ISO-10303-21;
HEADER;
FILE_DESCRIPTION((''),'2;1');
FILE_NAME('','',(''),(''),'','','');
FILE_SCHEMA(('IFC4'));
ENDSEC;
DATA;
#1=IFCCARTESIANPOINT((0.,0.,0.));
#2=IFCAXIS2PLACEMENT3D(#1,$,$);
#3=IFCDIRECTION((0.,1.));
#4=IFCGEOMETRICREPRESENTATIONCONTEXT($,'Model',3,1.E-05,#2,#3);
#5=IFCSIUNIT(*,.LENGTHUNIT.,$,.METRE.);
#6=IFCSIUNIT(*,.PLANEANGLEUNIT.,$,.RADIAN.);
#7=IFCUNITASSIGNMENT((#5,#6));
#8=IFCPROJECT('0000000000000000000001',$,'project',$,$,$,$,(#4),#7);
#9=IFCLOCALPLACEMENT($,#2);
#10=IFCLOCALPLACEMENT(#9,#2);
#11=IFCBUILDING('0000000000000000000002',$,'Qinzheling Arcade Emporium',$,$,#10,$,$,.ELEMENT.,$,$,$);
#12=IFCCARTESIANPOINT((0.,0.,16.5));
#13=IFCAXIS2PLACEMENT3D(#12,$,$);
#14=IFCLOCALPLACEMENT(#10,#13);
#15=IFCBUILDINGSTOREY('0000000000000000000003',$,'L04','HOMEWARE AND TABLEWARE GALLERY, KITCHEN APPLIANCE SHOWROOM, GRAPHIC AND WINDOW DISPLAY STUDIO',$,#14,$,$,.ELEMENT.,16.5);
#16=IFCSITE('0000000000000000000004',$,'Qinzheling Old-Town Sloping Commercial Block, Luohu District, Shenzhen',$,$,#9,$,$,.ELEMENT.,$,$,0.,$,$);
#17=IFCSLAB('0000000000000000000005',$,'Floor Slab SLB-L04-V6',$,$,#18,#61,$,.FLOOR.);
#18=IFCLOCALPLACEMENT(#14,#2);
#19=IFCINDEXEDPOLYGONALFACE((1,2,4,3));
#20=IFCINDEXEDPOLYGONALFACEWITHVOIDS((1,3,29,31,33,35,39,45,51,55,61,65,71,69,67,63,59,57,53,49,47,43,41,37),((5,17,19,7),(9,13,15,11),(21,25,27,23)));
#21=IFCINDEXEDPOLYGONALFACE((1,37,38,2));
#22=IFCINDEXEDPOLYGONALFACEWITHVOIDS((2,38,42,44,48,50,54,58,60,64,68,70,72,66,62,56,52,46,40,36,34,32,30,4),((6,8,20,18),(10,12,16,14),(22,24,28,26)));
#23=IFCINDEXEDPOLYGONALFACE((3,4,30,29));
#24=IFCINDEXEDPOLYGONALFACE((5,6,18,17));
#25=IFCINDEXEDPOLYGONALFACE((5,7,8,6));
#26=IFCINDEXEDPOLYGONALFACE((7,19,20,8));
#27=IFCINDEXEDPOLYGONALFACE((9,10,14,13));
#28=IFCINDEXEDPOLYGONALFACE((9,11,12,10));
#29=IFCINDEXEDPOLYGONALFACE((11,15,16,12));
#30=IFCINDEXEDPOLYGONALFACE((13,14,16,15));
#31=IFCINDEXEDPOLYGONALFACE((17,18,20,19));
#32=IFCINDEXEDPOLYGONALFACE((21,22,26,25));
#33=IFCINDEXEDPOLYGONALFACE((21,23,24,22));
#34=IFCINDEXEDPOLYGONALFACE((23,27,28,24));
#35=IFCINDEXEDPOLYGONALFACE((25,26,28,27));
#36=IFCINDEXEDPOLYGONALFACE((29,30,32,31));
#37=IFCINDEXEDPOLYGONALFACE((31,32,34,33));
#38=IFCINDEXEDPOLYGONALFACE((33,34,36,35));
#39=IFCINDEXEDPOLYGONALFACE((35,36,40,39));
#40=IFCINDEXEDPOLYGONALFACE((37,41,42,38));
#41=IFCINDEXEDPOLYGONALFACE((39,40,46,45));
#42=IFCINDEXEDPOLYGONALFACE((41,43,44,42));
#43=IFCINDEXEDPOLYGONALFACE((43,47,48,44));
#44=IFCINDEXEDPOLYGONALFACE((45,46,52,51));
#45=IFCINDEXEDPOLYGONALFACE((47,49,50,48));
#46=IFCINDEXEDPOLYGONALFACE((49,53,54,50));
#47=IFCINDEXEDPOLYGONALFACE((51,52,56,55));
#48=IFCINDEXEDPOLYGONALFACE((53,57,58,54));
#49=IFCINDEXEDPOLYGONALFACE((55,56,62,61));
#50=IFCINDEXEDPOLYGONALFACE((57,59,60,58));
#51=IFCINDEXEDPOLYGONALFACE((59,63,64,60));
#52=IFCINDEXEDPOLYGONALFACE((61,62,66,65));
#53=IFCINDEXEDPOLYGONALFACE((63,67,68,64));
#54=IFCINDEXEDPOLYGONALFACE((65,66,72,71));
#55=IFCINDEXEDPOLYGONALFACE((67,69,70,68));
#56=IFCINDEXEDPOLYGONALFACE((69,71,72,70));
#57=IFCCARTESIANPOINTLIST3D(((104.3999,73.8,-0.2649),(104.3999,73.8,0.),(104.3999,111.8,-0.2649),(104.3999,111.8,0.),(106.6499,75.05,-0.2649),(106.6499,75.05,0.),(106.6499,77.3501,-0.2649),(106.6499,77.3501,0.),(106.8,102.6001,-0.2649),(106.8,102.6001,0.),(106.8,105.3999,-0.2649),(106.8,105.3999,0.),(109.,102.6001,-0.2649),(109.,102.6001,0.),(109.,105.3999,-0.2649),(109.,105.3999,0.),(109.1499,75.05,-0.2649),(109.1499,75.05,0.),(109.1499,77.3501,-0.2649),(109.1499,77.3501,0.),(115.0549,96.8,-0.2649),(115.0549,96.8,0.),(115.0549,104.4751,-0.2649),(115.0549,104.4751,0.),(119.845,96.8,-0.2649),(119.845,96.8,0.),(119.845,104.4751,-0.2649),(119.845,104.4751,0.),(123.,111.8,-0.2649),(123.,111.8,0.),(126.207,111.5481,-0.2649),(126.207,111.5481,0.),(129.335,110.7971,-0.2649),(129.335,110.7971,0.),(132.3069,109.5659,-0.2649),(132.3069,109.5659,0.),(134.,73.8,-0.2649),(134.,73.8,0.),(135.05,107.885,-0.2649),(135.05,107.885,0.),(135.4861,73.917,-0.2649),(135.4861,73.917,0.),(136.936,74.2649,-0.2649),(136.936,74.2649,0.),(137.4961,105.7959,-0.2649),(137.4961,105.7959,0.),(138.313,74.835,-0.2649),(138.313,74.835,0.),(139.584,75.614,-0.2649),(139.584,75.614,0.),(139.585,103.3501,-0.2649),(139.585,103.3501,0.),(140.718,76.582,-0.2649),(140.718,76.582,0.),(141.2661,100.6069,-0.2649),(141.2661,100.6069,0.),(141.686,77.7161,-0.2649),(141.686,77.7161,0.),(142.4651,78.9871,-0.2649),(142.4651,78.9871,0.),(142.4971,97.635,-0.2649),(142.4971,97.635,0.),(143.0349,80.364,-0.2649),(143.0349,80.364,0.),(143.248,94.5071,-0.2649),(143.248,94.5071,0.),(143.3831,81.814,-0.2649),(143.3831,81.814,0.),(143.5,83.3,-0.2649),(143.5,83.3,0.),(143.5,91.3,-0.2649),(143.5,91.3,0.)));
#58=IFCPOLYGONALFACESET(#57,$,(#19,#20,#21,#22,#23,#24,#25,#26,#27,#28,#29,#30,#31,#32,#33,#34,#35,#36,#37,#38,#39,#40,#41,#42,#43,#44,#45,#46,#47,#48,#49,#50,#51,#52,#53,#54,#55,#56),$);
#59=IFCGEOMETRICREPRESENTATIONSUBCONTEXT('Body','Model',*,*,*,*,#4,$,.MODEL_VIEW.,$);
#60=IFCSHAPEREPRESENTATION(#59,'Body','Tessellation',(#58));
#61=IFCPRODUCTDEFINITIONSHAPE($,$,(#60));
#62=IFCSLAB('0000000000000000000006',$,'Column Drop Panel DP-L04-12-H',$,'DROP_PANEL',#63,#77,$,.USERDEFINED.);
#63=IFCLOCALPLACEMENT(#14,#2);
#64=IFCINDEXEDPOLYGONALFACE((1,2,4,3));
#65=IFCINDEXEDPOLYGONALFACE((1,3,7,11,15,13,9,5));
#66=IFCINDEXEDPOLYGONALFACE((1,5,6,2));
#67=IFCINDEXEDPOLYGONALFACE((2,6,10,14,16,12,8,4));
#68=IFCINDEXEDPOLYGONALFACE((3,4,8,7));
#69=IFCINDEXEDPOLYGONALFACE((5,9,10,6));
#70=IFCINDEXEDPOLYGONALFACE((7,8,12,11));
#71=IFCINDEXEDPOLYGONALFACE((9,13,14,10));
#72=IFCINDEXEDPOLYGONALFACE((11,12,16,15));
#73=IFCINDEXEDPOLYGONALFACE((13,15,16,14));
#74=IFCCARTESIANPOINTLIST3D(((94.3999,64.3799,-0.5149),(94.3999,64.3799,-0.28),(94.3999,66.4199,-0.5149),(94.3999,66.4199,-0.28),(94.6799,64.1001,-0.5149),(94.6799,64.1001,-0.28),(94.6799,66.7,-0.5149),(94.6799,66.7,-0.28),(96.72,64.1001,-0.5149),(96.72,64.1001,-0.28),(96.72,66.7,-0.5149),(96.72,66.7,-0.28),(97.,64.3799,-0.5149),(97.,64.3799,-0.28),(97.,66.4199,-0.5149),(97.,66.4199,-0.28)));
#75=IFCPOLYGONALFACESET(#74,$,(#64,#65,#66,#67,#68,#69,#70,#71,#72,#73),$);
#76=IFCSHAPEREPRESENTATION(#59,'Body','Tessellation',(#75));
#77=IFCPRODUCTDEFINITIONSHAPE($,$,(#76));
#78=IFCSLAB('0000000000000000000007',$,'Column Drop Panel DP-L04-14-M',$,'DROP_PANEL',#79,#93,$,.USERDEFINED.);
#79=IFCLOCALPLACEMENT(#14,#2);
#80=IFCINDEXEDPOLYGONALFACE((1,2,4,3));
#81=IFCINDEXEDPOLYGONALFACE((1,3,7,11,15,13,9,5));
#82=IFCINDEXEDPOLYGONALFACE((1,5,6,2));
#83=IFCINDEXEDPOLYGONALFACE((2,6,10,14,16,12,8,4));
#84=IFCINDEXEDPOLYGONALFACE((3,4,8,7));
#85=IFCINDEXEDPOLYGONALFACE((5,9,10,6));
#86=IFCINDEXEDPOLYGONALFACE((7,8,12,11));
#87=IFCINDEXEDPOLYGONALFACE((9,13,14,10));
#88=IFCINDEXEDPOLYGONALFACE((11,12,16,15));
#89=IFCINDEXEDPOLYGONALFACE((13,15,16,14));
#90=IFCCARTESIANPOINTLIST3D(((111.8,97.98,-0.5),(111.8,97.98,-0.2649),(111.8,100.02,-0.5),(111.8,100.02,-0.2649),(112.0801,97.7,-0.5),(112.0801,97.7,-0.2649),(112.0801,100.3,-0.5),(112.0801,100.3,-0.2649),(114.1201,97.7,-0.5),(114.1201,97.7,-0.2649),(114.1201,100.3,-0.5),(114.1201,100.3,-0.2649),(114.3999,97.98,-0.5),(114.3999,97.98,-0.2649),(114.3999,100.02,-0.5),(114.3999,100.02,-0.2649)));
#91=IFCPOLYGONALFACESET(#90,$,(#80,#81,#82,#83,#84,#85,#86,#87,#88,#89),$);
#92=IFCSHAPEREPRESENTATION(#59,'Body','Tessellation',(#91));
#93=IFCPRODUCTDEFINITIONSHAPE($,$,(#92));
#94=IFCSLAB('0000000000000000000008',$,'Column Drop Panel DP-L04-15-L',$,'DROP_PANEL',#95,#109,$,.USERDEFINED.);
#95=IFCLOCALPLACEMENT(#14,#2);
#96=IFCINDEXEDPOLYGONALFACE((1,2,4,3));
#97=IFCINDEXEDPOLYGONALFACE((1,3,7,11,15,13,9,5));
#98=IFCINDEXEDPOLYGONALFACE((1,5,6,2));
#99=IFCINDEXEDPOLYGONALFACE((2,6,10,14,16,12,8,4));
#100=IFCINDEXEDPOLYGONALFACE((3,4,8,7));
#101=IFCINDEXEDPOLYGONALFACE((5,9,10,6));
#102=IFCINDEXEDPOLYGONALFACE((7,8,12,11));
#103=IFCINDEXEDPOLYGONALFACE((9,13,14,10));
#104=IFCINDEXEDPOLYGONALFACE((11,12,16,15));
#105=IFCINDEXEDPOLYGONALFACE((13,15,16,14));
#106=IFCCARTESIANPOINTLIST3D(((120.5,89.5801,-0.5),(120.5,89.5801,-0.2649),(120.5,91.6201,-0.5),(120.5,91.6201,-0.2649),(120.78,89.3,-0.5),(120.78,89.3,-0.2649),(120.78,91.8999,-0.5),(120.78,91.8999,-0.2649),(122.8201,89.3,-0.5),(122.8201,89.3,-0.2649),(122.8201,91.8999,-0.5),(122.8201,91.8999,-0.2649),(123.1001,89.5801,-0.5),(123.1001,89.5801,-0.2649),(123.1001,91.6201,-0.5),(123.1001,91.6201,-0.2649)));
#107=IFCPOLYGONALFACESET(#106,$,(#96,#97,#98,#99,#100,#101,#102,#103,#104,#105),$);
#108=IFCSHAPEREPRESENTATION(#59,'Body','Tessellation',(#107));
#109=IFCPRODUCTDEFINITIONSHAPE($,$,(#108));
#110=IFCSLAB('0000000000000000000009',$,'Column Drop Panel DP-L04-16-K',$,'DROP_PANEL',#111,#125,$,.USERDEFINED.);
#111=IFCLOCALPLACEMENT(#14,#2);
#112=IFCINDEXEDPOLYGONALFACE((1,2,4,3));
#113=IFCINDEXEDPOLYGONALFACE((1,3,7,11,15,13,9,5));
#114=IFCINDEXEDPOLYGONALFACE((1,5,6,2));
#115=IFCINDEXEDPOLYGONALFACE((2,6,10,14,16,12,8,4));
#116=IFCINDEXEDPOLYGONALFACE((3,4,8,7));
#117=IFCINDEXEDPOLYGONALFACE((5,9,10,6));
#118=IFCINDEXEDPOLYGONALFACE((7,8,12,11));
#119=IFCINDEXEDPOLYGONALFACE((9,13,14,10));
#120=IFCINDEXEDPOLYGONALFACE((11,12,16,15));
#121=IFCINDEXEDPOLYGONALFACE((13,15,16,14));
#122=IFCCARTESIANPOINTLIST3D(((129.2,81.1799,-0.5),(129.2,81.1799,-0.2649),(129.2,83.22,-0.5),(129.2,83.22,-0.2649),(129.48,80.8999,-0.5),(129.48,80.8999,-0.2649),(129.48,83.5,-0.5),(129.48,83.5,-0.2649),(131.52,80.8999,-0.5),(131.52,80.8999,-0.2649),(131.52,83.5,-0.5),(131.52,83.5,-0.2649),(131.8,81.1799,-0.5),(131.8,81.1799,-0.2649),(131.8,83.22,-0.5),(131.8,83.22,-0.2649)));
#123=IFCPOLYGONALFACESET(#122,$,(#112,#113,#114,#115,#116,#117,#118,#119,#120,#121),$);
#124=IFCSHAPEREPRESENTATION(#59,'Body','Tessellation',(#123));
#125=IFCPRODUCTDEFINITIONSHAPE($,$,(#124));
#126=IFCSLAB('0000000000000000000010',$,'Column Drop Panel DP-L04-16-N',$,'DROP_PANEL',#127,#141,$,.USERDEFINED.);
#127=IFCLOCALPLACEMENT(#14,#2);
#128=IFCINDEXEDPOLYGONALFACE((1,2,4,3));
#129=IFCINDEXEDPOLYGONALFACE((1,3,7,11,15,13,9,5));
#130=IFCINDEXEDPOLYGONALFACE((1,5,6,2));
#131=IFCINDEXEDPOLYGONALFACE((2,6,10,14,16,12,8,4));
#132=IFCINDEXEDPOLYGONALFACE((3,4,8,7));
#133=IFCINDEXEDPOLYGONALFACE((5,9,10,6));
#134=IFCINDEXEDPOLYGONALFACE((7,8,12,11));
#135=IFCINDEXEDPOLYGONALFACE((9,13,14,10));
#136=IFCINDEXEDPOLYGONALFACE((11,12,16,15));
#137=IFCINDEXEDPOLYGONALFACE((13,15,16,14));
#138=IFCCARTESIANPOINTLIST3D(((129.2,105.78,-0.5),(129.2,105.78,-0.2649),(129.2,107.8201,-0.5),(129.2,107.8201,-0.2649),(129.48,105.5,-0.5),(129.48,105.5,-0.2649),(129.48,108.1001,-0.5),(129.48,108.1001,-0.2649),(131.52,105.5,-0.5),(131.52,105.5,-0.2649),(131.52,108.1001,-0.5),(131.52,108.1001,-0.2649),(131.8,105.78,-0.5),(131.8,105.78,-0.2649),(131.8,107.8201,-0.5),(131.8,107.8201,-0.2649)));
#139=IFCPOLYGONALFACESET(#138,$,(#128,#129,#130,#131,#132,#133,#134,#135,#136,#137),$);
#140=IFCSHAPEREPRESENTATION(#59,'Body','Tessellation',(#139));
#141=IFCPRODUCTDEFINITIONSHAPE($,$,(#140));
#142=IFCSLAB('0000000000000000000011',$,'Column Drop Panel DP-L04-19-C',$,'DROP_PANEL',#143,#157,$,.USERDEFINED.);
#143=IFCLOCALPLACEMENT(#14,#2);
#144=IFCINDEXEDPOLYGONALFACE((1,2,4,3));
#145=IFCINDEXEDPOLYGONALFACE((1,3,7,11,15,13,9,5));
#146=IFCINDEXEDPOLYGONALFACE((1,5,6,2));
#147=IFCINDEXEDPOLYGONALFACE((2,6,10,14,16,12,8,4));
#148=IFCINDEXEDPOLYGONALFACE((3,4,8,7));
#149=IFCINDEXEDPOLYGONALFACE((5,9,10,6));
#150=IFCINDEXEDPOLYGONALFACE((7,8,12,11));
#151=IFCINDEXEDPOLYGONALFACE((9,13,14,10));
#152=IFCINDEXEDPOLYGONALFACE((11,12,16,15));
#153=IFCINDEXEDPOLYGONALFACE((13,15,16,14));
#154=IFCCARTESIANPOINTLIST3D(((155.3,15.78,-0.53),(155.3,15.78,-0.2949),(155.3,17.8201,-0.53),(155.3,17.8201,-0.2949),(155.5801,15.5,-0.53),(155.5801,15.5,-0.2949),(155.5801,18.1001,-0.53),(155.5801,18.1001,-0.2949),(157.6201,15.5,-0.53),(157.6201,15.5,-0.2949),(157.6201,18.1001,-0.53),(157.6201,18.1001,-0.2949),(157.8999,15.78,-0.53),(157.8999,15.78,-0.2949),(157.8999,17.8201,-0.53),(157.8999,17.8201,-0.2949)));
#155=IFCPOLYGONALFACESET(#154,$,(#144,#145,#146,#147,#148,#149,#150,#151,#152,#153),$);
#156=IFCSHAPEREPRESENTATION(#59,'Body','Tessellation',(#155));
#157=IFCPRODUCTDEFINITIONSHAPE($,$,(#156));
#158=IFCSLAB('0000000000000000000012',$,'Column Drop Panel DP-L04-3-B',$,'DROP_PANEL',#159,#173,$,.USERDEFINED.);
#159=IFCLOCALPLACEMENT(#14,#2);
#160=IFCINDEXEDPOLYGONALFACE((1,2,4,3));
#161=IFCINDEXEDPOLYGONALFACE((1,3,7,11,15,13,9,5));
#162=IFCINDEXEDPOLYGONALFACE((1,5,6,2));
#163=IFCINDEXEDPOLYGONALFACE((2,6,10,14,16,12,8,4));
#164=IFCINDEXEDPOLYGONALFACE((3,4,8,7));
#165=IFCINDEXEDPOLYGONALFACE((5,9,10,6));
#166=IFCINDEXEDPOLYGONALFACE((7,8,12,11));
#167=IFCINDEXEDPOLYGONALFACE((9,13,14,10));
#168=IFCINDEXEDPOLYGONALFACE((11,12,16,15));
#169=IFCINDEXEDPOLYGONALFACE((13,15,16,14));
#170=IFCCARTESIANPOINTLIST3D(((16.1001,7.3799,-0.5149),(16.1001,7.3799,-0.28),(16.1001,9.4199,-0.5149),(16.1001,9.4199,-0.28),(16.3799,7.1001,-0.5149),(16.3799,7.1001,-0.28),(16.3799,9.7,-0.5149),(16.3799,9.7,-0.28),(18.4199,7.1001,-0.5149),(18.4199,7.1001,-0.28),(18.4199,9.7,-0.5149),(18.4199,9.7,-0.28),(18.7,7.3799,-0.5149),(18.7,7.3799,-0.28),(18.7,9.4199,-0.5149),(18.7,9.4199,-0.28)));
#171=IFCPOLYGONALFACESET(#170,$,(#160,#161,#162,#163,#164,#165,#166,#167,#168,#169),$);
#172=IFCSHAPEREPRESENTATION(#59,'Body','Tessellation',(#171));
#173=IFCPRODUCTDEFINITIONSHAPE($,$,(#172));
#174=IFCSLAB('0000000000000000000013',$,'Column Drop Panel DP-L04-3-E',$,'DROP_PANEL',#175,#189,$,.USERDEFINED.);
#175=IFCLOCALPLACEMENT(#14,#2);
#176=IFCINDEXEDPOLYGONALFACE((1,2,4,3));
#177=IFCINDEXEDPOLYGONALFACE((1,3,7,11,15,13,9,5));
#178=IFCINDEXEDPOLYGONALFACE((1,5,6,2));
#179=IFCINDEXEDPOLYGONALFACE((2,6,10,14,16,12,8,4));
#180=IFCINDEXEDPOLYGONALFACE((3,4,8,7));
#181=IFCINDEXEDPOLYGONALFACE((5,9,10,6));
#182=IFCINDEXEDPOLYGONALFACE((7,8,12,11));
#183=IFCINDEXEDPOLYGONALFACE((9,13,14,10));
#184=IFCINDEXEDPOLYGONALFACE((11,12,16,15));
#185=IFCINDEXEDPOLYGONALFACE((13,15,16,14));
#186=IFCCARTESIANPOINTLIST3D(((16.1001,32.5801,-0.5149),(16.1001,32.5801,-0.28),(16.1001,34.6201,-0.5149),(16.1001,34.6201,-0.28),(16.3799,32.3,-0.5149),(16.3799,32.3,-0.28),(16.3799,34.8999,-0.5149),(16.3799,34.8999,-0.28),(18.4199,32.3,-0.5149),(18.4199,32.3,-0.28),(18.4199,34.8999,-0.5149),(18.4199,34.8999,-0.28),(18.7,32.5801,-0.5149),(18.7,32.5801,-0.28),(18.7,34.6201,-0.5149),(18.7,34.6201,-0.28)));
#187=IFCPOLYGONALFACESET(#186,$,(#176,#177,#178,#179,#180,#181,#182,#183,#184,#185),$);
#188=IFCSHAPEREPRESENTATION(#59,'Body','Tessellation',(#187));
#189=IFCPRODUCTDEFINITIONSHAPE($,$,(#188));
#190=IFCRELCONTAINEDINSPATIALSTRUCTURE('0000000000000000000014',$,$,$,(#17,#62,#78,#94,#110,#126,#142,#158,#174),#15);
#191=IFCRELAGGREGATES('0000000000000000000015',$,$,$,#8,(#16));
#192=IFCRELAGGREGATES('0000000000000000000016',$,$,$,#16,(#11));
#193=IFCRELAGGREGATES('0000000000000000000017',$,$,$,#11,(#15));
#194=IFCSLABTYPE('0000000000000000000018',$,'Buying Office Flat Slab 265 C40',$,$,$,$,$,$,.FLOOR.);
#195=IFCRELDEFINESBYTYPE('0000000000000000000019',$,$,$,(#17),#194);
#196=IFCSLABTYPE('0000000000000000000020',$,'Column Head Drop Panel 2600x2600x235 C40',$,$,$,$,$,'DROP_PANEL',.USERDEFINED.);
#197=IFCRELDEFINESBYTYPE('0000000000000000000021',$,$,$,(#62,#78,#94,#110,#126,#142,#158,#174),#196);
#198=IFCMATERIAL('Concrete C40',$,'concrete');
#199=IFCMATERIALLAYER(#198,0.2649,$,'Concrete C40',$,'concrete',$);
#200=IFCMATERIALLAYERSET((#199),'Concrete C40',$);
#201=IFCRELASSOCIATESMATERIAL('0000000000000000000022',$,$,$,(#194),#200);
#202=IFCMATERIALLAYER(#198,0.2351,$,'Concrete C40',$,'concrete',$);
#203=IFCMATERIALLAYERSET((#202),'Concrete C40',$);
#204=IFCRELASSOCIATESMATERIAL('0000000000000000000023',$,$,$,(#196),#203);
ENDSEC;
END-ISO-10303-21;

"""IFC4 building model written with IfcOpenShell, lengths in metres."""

from ifc_helpers import new_model, si_unit, direction, frame, origin, place, context, subcontext, project, spatial, polyline, outline, extrude, material, layer, layer_set, type_object, element, save


model = new_model("IFC4")

# Units and contexts
model_context = context("Model", 3, precision=1e-05, world=origin(), true_north=direction((0.0, 1.0)))
body_context = subcontext(model_context, "Body", "Model", "MODEL_VIEW")
ifc_project = project(units=[si_unit("LENGTHUNIT", "METRE"), si_unit("PLANEANGLEUNIT", "RADIAN")], contexts=[model_context])

# Site, building, storey
site_placement = place(None, origin())
site = spatial("IfcSite", under=ifc_project, at=site_placement, Name="Qinzheling Old-Town Sloping Commercial Block, Luohu District, Shenzhen", CompositionType="ELEMENT", RefElevation=0.0)
building_placement = place(site_placement, origin())
building = spatial("IfcBuilding", under=site, at=building_placement, Name="Qinzheling Arcade Emporium", CompositionType="ELEMENT")
storey_placement = place(building_placement, frame((0.0, 0.0, 16.5)))
storey = spatial("IfcBuildingStorey", under=building, at=storey_placement, Name="L04", Description="HOMEWARE AND TABLEWARE GALLERY, KITCHEN APPLIANCE SHOWROOM, GRAPHIC AND WINDOW DISPLAY STUDIO", CompositionType="ELEMENT", Elevation=16.5)

# Slabs
ifc_material = material(Name="Concrete C40", Category="concrete")
ifc_layer_1 = layer(ifc_material, 0.2649, Name="Concrete C40", Category="concrete")
ifc_layer_set_1 = layer_set([ifc_layer_1], Name="Concrete C40")
slab_type_1 = type_object("IfcSlabType", Name="Buying Office Flat Slab 265 C40", PredefinedType="FLOOR", material=ifc_layer_set_1)
slab_1_placement = place(storey_placement, frame((0.0, 0.0, -0.2649)))
element("IfcSlab", 1, at=slab_1_placement, inside=storey, type_object=slab_type_1, Name="Floor Slab SLB-L04-V6", PredefinedType="FLOOR", context=body_context, shape_type="SweptSolid", body=[
    extrude(outline(polyline([(104.3999, 111.8), (104.3999, 73.8), (134.0, 73.8), (135.4861, 73.917), (136.936, 74.2649), (138.313, 74.835), (139.584, 75.614), (140.718, 76.582), (141.686, 77.7161), (142.4651, 78.9871), (143.0349, 80.364), (143.3831, 81.814), (143.5, 83.3), (143.5, 91.3), (143.248, 94.5071), (142.4971, 97.635), (141.2661, 100.6069), (139.585, 103.3501), (137.4961, 105.7959), (135.05, 107.885), (132.3069, 109.5659), (129.335, 110.7971), (126.207, 111.5481), (123.0, 111.8), (104.3999, 111.8)]), holes=[polyline([(119.845, 96.8), (115.0549, 96.8), (115.0549, 104.4751), (119.845, 104.4751), (119.845, 96.8)]), polyline([(109.1499, 75.05), (106.6499, 75.05), (106.6499, 77.3501), (109.1499, 77.3501), (109.1499, 75.05)]), polyline([(109.0, 102.6001), (106.8, 102.6001), (106.8, 105.3999), (109.0, 105.3999), (109.0, 102.6001)])]), origin(), (0.0, 0.0, 1.0), 0.2649),
])
ifc_layer_2 = layer(ifc_material, 0.2351, Name="Concrete C40", Category="concrete")
ifc_layer_set_2 = layer_set([ifc_layer_2], Name="Concrete C40")
slab_type_2 = type_object("IfcSlabType", Name="Column Head Drop Panel 2600x2600x235 C40", ElementType="DROP_PANEL", PredefinedType="USERDEFINED", material=ifc_layer_set_2)
slab_2_placement = place(storey_placement, frame((0.0, 0.0, -0.5149)))
element("IfcSlab", 2, at=slab_2_placement, inside=storey, type_object=slab_type_2, Name="Column Drop Panel DP-L04-12-H", ObjectType="DROP_PANEL", PredefinedType="USERDEFINED", context=body_context, shape_type="SweptSolid", body=[
    extrude(outline(polyline([(94.6799, 64.1001), (96.72, 64.1001), (97.0, 64.3799), (97.0, 66.4199), (96.72, 66.7), (94.6799, 66.7), (94.3999, 66.4199), (94.3999, 64.3799), (94.6799, 64.1001)])), origin(), (0.0, 0.0, 1.0), 0.2349),
])
slab_3_placement = place(storey_placement, frame((0.0, 0.0, -0.5)))
element("IfcSlab", 3, at=slab_3_placement, inside=storey, type_object=slab_type_2, Name="Column Drop Panel DP-L04-14-M", ObjectType="DROP_PANEL", PredefinedType="USERDEFINED", context=body_context, shape_type="SweptSolid", body=[
    extrude(outline(polyline([(112.0801, 97.7), (114.1201, 97.7), (114.3999, 97.98), (114.3999, 100.02), (114.1201, 100.3), (112.0801, 100.3), (111.8, 100.02), (111.8, 97.98), (112.0801, 97.7)])), origin(), (0.0, 0.0, 1.0), 0.2351),
])
slab_4_placement = place(storey_placement, frame((0.0, 0.0, -0.5)))
element("IfcSlab", 4, at=slab_4_placement, inside=storey, type_object=slab_type_2, Name="Column Drop Panel DP-L04-15-L", ObjectType="DROP_PANEL", PredefinedType="USERDEFINED", context=body_context, shape_type="SweptSolid", body=[
    extrude(outline(polyline([(120.78, 89.3), (122.8201, 89.3), (123.1001, 89.5801), (123.1001, 91.6201), (122.8201, 91.8999), (120.78, 91.8999), (120.5, 91.6201), (120.5, 89.5801), (120.78, 89.3)])), origin(), (0.0, 0.0, 1.0), 0.2351),
])
slab_5_placement = place(storey_placement, frame((0.0, 0.0, -0.5)))
element("IfcSlab", 5, at=slab_5_placement, inside=storey, type_object=slab_type_2, Name="Column Drop Panel DP-L04-16-K", ObjectType="DROP_PANEL", PredefinedType="USERDEFINED", context=body_context, shape_type="SweptSolid", body=[
    extrude(outline(polyline([(129.48, 80.8999), (131.52, 80.8999), (131.8, 81.1799), (131.8, 83.22), (131.52, 83.5), (129.48, 83.5), (129.2, 83.22), (129.2, 81.1799), (129.48, 80.8999)])), origin(), (0.0, 0.0, 1.0), 0.2351),
])
slab_6_placement = place(storey_placement, frame((0.0, 0.0, -0.5)))
element("IfcSlab", 6, at=slab_6_placement, inside=storey, type_object=slab_type_2, Name="Column Drop Panel DP-L04-16-N", ObjectType="DROP_PANEL", PredefinedType="USERDEFINED", context=body_context, shape_type="SweptSolid", body=[
    extrude(outline(polyline([(129.48, 105.5), (131.52, 105.5), (131.8, 105.78), (131.8, 107.8201), (131.52, 108.1001), (129.48, 108.1001), (129.2, 107.8201), (129.2, 105.78), (129.48, 105.5)])), origin(), (0.0, 0.0, 1.0), 0.2351),
])
slab_7_placement = place(storey_placement, frame((0.0, 0.0, -0.53)))
element("IfcSlab", 7, at=slab_7_placement, inside=storey, type_object=slab_type_2, Name="Column Drop Panel DP-L04-19-C", ObjectType="DROP_PANEL", PredefinedType="USERDEFINED", context=body_context, shape_type="SweptSolid", body=[
    extrude(outline(polyline([(155.5801, 15.5), (157.6201, 15.5), (157.8999, 15.78), (157.8999, 17.8201), (157.6201, 18.1001), (155.5801, 18.1001), (155.3, 17.8201), (155.3, 15.78), (155.5801, 15.5)])), origin(), (0.0, 0.0, 1.0), 0.2351),
])
slab_8_placement = place(storey_placement, frame((0.0, 0.0, -0.5149)))
element("IfcSlab", 8, at=slab_8_placement, inside=storey, type_object=slab_type_2, Name="Column Drop Panel DP-L04-3-B", ObjectType="DROP_PANEL", PredefinedType="USERDEFINED", context=body_context, shape_type="SweptSolid", body=[
    extrude(outline(polyline([(16.3799, 7.1001), (18.4199, 7.1001), (18.7, 7.3799), (18.7, 9.4199), (18.4199, 9.7), (16.3799, 9.7), (16.1001, 9.4199), (16.1001, 7.3799), (16.3799, 7.1001)])), origin(), (0.0, 0.0, 1.0), 0.2349),
])
slab_9_placement = place(storey_placement, frame((0.0, 0.0, -0.5149)))
element("IfcSlab", 9, at=slab_9_placement, inside=storey, type_object=slab_type_2, Name="Column Drop Panel DP-L04-3-E", ObjectType="DROP_PANEL", PredefinedType="USERDEFINED", context=body_context, shape_type="SweptSolid", body=[
    extrude(outline(polyline([(16.3799, 32.3), (18.4199, 32.3), (18.7, 32.5801), (18.7, 34.6201), (18.4199, 34.8999), (16.3799, 34.8999), (16.1001, 34.6201), (16.1001, 32.5801), (16.3799, 32.3)])), origin(), (0.0, 0.0, 1.0), 0.2349),
])

save(model, "model.ifc")
